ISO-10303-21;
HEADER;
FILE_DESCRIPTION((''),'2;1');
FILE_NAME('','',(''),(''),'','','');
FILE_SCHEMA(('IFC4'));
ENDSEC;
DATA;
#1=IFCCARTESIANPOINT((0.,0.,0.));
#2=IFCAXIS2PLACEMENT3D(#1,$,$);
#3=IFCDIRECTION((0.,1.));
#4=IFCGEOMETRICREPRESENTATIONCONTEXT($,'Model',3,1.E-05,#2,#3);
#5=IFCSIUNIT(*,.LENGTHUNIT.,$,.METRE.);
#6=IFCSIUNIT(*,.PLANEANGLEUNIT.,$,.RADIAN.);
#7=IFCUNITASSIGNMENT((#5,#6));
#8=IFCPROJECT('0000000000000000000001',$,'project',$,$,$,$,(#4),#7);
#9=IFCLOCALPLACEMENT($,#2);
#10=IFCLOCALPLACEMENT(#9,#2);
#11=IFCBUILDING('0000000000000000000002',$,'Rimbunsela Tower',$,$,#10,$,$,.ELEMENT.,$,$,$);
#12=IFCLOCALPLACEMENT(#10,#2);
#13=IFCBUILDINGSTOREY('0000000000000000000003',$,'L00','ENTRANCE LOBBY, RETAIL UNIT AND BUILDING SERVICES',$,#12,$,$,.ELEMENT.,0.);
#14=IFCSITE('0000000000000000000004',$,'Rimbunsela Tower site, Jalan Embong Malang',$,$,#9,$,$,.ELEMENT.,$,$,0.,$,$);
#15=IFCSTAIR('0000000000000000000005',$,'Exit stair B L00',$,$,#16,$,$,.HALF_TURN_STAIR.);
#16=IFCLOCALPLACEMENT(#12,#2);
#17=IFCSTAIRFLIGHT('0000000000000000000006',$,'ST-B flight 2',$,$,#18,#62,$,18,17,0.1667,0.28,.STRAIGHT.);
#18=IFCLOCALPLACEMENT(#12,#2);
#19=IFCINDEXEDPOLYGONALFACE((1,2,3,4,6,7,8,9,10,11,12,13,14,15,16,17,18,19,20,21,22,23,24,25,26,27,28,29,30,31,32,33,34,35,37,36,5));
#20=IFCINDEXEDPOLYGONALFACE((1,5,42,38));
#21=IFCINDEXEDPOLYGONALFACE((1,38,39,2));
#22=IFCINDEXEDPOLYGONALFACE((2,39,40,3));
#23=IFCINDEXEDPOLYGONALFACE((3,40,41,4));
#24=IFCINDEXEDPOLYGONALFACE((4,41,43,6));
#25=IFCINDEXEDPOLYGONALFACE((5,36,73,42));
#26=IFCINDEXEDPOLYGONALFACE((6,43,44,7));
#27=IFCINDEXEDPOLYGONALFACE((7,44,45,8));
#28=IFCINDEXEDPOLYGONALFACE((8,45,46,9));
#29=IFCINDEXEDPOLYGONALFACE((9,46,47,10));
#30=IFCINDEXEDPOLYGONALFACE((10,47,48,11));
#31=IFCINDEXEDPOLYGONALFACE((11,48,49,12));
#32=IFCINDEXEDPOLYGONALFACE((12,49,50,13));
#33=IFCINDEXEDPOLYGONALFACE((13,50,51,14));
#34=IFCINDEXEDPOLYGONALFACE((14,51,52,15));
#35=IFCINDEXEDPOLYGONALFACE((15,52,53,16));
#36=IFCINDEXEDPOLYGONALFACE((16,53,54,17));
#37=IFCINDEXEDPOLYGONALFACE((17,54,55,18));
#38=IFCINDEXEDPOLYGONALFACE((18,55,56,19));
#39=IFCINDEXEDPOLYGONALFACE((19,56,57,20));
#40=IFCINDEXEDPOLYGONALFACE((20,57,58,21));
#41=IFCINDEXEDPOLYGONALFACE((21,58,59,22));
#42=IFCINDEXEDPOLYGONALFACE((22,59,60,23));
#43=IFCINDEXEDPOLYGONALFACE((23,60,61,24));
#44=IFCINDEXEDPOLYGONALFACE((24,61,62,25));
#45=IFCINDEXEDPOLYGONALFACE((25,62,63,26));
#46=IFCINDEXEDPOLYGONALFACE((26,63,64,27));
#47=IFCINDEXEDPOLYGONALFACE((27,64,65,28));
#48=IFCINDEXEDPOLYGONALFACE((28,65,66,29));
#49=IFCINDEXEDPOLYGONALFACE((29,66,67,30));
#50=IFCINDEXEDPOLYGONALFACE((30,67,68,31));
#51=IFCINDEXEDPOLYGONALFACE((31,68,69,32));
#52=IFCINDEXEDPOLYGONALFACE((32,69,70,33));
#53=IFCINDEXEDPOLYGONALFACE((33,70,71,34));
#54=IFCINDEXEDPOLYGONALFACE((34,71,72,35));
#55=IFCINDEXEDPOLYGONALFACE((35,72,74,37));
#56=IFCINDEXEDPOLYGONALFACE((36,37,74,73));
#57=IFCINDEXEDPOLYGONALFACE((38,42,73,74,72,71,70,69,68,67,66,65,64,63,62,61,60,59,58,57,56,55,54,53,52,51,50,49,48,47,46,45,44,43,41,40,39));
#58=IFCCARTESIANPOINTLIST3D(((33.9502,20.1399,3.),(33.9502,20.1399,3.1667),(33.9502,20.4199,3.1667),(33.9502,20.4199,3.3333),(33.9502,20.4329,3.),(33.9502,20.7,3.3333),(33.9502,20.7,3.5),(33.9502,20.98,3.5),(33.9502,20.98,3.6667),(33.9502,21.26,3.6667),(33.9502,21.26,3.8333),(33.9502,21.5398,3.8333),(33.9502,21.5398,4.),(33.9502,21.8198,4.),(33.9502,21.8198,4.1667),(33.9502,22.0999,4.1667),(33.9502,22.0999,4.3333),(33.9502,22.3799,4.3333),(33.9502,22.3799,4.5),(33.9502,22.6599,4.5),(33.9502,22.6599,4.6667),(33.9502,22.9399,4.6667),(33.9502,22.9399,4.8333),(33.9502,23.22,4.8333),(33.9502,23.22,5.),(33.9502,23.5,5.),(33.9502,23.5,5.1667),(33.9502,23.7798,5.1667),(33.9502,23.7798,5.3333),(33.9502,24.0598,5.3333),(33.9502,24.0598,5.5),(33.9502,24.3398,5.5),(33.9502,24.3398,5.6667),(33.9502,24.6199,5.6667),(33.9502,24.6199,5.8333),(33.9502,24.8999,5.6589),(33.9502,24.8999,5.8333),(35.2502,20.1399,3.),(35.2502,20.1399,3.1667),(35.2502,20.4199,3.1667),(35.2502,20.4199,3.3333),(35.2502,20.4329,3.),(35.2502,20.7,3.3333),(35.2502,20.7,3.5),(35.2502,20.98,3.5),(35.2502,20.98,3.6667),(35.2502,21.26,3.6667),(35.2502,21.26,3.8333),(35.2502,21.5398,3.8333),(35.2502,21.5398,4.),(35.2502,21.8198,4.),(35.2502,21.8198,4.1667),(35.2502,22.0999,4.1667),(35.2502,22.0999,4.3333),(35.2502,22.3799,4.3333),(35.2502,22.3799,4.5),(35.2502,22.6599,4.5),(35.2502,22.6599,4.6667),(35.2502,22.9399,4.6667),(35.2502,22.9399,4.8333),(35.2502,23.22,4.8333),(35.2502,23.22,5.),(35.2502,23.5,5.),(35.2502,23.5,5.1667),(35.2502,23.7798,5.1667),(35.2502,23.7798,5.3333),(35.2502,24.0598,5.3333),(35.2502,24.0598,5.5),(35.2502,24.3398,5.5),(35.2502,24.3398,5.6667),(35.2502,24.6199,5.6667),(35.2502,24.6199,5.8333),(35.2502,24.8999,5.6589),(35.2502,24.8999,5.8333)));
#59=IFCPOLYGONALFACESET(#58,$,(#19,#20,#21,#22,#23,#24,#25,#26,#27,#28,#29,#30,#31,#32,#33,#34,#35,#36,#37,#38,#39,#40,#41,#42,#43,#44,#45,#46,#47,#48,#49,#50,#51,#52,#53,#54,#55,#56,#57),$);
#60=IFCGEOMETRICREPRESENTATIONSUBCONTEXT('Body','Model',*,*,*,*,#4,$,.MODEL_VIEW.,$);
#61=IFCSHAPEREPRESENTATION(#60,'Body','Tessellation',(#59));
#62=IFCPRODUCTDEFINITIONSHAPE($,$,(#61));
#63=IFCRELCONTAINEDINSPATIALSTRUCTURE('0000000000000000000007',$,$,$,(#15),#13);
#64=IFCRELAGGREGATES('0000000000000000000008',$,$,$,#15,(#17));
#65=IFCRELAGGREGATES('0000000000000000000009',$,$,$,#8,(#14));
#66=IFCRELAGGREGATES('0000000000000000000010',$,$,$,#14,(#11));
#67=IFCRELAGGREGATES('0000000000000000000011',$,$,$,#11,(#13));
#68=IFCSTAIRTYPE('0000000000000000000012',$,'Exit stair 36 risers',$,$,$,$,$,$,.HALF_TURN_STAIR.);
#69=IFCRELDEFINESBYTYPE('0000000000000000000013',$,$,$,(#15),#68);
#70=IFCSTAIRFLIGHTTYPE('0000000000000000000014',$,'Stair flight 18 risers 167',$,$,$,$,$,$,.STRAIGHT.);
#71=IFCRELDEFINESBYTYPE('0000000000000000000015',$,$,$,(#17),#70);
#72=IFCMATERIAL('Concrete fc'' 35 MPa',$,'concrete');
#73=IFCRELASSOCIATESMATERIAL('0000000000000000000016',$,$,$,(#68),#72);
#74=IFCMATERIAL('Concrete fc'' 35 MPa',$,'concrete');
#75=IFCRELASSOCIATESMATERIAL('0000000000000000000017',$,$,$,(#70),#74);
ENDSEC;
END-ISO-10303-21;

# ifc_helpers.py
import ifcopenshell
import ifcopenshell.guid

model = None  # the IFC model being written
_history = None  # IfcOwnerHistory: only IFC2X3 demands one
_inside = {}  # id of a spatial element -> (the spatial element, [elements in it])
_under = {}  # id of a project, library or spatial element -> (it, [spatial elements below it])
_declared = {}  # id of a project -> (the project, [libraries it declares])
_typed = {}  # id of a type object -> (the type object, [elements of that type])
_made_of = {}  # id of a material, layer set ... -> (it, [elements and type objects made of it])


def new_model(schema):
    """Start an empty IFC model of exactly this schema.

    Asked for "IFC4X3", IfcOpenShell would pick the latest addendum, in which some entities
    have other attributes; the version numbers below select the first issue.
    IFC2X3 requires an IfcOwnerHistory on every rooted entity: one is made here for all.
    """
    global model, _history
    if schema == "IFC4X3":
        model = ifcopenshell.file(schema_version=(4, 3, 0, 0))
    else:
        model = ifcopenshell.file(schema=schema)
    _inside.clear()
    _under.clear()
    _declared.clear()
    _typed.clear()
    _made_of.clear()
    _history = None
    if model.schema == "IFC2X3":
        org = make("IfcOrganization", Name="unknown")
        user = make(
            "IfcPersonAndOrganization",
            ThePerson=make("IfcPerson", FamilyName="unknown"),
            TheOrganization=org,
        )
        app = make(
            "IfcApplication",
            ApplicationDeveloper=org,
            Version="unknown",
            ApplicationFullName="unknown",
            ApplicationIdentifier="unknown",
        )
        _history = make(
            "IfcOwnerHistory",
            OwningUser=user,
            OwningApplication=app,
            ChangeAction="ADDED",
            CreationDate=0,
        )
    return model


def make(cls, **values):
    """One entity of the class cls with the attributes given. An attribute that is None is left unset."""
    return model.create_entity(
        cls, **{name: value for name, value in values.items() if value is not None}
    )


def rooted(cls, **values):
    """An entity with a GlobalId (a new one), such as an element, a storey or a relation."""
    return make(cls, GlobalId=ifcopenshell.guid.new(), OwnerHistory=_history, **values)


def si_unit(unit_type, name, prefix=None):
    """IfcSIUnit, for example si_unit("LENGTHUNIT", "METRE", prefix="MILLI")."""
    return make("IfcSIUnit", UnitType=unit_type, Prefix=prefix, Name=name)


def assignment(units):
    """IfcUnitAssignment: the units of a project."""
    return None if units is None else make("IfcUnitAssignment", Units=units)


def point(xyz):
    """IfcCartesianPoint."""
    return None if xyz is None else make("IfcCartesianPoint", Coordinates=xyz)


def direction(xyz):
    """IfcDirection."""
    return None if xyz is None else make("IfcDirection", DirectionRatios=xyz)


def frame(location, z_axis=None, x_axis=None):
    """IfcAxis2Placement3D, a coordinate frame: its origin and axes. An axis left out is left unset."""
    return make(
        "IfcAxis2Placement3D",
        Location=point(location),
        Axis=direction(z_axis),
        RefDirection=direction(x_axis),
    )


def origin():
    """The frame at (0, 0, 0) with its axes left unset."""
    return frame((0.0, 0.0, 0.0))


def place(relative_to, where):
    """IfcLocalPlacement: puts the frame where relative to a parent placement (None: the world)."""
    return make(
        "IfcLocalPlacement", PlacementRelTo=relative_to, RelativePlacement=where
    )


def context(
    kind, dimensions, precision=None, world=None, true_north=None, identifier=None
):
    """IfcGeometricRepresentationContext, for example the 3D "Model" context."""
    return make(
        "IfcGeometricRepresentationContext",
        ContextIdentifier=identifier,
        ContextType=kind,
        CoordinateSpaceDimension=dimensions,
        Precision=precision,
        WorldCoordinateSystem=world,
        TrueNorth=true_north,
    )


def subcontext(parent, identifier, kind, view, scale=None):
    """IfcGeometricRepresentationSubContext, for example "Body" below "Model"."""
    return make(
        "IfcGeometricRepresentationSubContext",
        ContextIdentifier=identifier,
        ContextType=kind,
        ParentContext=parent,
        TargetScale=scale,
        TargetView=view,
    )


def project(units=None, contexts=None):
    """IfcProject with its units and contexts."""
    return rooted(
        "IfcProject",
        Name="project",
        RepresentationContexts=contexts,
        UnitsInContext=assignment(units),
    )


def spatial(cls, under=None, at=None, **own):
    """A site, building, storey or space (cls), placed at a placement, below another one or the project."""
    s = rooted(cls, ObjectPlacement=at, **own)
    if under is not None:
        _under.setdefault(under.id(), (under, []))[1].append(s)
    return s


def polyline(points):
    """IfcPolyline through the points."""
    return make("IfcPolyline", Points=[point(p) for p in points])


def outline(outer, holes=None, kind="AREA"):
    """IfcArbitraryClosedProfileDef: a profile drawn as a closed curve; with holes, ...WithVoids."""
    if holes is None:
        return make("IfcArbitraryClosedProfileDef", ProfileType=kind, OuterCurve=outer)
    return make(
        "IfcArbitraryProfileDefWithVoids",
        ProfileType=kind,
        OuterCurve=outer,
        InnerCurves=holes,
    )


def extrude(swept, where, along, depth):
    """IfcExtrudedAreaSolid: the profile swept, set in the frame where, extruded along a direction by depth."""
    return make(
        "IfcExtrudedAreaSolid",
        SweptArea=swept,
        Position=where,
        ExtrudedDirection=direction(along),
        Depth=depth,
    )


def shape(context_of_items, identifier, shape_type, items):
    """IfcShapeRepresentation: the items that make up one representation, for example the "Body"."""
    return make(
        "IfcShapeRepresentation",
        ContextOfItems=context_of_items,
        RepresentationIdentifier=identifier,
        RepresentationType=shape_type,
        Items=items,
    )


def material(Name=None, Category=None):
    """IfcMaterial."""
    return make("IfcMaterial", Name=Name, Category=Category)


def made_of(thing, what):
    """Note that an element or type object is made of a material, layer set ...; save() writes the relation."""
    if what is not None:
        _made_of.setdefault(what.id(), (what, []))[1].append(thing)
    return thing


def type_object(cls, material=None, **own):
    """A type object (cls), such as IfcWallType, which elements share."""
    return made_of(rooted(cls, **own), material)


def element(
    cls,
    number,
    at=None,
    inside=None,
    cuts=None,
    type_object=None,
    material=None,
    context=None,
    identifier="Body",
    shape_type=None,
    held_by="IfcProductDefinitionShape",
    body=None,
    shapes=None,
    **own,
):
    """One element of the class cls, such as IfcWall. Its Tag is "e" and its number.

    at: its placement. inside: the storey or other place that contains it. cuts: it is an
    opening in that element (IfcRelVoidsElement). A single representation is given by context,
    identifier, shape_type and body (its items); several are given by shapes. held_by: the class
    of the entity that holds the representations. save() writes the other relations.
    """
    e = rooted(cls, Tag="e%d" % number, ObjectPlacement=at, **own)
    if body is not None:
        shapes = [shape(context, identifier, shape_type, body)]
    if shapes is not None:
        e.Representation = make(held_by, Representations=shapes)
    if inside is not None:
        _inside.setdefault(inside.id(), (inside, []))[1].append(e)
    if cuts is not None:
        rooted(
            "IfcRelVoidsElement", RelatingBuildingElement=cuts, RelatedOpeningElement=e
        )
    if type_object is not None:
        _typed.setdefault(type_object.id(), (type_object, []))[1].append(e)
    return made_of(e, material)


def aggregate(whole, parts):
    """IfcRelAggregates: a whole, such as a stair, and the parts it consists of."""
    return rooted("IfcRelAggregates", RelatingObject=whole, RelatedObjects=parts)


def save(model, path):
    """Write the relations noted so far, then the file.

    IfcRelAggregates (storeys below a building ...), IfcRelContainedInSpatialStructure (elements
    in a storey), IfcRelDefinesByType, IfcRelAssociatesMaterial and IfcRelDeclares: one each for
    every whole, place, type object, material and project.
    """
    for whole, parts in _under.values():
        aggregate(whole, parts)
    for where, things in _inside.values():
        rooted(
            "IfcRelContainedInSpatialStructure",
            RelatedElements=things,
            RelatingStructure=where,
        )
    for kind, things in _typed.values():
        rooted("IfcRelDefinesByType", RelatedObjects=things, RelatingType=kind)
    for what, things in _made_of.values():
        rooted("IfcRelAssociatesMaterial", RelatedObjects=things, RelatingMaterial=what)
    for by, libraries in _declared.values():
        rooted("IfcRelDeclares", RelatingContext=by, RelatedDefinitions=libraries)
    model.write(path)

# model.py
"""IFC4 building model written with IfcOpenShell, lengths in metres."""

from ifc_helpers import new_model, si_unit, direction, frame, origin, place, context, subcontext, project, spatial, polyline, outline, extrude, material, type_object, element, aggregate, save


model = new_model("IFC4")

# Units and contexts
model_context = context("Model", 3, precision=1e-05, world=origin(), true_north=direction((0.0, 1.0)))
body_context = subcontext(model_context, "Body", "Model", "MODEL_VIEW")
ifc_project = project(units=[si_unit("LENGTHUNIT", "METRE"), si_unit("PLANEANGLEUNIT", "RADIAN")], contexts=[model_context])

# Site, building, storey
site_placement = place(None, origin())
site = spatial("IfcSite", under=ifc_project, at=site_placement, Name="Rimbunsela Tower site, Jalan Embong Malang", CompositionType="ELEMENT", RefElevation=0.0)
building_placement = place(site_placement, origin())
building = spatial("IfcBuilding", under=site, at=building_placement, Name="Rimbunsela Tower", CompositionType="ELEMENT")
storey_placement = place(building_placement, origin())
storey = spatial("IfcBuildingStorey", under=building, at=storey_placement, Name="L00", Description="ENTRANCE LOBBY, RETAIL UNIT AND BUILDING SERVICES", CompositionType="ELEMENT", Elevation=0.0)

# Stair, stair flight
ifc_material_1 = material(Name="Concrete fc' 35 MPa", Category="concrete")
stair_type = type_object("IfcStairType", Name="Exit stair 36 risers", PredefinedType="HALF_TURN_STAIR", material=ifc_material_1)
ifc_material_2 = material(Name="Concrete fc' 35 MPa", Category="concrete")
stair_flight_type = type_object("IfcStairFlightType", Name="Stair flight 18 risers 167", PredefinedType="STRAIGHT", material=ifc_material_2)
stair_1_placement = place(storey_placement, origin())
stair_1 = element("IfcStair", 1, at=stair_1_placement, inside=storey, type_object=stair_type, Name="Exit stair B L00", PredefinedType="HALF_TURN_STAIR")
stair_flight_1_placement = place(storey_placement, frame((34.6001, 20.1399, 3.0), z_axis=(0.0, 0.0, 1.0), x_axis=(0.0, 1.0, 0.0)))
stair_flight_1 = element("IfcStairFlight", 2, at=stair_flight_1_placement, type_object=stair_flight_type, Name="ST-B flight 2", NumberOfRisers=18, NumberOfTreads=17, PredefinedType="STRAIGHT", RiserHeight=0.1667, TreadLength=0.28, context=body_context, shape_type="SweptSolid", body=[
    extrude(outline(polyline([(0.0, 0.0), (0.0, 0.1667), (0.28, 0.1667), (0.28, 0.3333), (0.5601, 0.3333), (0.5601, 0.5), (0.8401, 0.5), (0.8401, 0.6667), (1.1201, 0.6667), (1.1201, 0.8333), (1.3999, 0.8333), (1.3999, 1.0), (1.6799, 1.0), (1.6799, 1.1667), (1.96, 1.1667), (1.96, 1.3333), (2.24, 1.3333), (2.24, 1.5), (2.52, 1.5), (2.52, 1.6667), (2.8, 1.6667), (2.8, 1.8333), (3.0801, 1.8333), (3.0801, 2.0), (3.3601, 2.0), (3.3601, 2.1667), (3.6399, 2.1667), (3.6399, 2.3333), (3.9199, 2.3333), (3.9199, 2.5), (4.2, 2.5), (4.2, 2.6667), (4.48, 2.6667), (4.48, 2.8333), (4.76, 2.8333), (4.76, 3.0), (4.76, 2.6589), (0.293, 0.0), (0.0, 0.0)])), frame((0.0, 0.6499, 0.0), z_axis=(0.0, -1.0, 0.0), x_axis=(1.0, 0.0, 0.0)), (0.0, 0.0, 1.0), 1.3),
])
aggregate(stair_1, [stair_flight_1])

save(model, "model.ifc")
